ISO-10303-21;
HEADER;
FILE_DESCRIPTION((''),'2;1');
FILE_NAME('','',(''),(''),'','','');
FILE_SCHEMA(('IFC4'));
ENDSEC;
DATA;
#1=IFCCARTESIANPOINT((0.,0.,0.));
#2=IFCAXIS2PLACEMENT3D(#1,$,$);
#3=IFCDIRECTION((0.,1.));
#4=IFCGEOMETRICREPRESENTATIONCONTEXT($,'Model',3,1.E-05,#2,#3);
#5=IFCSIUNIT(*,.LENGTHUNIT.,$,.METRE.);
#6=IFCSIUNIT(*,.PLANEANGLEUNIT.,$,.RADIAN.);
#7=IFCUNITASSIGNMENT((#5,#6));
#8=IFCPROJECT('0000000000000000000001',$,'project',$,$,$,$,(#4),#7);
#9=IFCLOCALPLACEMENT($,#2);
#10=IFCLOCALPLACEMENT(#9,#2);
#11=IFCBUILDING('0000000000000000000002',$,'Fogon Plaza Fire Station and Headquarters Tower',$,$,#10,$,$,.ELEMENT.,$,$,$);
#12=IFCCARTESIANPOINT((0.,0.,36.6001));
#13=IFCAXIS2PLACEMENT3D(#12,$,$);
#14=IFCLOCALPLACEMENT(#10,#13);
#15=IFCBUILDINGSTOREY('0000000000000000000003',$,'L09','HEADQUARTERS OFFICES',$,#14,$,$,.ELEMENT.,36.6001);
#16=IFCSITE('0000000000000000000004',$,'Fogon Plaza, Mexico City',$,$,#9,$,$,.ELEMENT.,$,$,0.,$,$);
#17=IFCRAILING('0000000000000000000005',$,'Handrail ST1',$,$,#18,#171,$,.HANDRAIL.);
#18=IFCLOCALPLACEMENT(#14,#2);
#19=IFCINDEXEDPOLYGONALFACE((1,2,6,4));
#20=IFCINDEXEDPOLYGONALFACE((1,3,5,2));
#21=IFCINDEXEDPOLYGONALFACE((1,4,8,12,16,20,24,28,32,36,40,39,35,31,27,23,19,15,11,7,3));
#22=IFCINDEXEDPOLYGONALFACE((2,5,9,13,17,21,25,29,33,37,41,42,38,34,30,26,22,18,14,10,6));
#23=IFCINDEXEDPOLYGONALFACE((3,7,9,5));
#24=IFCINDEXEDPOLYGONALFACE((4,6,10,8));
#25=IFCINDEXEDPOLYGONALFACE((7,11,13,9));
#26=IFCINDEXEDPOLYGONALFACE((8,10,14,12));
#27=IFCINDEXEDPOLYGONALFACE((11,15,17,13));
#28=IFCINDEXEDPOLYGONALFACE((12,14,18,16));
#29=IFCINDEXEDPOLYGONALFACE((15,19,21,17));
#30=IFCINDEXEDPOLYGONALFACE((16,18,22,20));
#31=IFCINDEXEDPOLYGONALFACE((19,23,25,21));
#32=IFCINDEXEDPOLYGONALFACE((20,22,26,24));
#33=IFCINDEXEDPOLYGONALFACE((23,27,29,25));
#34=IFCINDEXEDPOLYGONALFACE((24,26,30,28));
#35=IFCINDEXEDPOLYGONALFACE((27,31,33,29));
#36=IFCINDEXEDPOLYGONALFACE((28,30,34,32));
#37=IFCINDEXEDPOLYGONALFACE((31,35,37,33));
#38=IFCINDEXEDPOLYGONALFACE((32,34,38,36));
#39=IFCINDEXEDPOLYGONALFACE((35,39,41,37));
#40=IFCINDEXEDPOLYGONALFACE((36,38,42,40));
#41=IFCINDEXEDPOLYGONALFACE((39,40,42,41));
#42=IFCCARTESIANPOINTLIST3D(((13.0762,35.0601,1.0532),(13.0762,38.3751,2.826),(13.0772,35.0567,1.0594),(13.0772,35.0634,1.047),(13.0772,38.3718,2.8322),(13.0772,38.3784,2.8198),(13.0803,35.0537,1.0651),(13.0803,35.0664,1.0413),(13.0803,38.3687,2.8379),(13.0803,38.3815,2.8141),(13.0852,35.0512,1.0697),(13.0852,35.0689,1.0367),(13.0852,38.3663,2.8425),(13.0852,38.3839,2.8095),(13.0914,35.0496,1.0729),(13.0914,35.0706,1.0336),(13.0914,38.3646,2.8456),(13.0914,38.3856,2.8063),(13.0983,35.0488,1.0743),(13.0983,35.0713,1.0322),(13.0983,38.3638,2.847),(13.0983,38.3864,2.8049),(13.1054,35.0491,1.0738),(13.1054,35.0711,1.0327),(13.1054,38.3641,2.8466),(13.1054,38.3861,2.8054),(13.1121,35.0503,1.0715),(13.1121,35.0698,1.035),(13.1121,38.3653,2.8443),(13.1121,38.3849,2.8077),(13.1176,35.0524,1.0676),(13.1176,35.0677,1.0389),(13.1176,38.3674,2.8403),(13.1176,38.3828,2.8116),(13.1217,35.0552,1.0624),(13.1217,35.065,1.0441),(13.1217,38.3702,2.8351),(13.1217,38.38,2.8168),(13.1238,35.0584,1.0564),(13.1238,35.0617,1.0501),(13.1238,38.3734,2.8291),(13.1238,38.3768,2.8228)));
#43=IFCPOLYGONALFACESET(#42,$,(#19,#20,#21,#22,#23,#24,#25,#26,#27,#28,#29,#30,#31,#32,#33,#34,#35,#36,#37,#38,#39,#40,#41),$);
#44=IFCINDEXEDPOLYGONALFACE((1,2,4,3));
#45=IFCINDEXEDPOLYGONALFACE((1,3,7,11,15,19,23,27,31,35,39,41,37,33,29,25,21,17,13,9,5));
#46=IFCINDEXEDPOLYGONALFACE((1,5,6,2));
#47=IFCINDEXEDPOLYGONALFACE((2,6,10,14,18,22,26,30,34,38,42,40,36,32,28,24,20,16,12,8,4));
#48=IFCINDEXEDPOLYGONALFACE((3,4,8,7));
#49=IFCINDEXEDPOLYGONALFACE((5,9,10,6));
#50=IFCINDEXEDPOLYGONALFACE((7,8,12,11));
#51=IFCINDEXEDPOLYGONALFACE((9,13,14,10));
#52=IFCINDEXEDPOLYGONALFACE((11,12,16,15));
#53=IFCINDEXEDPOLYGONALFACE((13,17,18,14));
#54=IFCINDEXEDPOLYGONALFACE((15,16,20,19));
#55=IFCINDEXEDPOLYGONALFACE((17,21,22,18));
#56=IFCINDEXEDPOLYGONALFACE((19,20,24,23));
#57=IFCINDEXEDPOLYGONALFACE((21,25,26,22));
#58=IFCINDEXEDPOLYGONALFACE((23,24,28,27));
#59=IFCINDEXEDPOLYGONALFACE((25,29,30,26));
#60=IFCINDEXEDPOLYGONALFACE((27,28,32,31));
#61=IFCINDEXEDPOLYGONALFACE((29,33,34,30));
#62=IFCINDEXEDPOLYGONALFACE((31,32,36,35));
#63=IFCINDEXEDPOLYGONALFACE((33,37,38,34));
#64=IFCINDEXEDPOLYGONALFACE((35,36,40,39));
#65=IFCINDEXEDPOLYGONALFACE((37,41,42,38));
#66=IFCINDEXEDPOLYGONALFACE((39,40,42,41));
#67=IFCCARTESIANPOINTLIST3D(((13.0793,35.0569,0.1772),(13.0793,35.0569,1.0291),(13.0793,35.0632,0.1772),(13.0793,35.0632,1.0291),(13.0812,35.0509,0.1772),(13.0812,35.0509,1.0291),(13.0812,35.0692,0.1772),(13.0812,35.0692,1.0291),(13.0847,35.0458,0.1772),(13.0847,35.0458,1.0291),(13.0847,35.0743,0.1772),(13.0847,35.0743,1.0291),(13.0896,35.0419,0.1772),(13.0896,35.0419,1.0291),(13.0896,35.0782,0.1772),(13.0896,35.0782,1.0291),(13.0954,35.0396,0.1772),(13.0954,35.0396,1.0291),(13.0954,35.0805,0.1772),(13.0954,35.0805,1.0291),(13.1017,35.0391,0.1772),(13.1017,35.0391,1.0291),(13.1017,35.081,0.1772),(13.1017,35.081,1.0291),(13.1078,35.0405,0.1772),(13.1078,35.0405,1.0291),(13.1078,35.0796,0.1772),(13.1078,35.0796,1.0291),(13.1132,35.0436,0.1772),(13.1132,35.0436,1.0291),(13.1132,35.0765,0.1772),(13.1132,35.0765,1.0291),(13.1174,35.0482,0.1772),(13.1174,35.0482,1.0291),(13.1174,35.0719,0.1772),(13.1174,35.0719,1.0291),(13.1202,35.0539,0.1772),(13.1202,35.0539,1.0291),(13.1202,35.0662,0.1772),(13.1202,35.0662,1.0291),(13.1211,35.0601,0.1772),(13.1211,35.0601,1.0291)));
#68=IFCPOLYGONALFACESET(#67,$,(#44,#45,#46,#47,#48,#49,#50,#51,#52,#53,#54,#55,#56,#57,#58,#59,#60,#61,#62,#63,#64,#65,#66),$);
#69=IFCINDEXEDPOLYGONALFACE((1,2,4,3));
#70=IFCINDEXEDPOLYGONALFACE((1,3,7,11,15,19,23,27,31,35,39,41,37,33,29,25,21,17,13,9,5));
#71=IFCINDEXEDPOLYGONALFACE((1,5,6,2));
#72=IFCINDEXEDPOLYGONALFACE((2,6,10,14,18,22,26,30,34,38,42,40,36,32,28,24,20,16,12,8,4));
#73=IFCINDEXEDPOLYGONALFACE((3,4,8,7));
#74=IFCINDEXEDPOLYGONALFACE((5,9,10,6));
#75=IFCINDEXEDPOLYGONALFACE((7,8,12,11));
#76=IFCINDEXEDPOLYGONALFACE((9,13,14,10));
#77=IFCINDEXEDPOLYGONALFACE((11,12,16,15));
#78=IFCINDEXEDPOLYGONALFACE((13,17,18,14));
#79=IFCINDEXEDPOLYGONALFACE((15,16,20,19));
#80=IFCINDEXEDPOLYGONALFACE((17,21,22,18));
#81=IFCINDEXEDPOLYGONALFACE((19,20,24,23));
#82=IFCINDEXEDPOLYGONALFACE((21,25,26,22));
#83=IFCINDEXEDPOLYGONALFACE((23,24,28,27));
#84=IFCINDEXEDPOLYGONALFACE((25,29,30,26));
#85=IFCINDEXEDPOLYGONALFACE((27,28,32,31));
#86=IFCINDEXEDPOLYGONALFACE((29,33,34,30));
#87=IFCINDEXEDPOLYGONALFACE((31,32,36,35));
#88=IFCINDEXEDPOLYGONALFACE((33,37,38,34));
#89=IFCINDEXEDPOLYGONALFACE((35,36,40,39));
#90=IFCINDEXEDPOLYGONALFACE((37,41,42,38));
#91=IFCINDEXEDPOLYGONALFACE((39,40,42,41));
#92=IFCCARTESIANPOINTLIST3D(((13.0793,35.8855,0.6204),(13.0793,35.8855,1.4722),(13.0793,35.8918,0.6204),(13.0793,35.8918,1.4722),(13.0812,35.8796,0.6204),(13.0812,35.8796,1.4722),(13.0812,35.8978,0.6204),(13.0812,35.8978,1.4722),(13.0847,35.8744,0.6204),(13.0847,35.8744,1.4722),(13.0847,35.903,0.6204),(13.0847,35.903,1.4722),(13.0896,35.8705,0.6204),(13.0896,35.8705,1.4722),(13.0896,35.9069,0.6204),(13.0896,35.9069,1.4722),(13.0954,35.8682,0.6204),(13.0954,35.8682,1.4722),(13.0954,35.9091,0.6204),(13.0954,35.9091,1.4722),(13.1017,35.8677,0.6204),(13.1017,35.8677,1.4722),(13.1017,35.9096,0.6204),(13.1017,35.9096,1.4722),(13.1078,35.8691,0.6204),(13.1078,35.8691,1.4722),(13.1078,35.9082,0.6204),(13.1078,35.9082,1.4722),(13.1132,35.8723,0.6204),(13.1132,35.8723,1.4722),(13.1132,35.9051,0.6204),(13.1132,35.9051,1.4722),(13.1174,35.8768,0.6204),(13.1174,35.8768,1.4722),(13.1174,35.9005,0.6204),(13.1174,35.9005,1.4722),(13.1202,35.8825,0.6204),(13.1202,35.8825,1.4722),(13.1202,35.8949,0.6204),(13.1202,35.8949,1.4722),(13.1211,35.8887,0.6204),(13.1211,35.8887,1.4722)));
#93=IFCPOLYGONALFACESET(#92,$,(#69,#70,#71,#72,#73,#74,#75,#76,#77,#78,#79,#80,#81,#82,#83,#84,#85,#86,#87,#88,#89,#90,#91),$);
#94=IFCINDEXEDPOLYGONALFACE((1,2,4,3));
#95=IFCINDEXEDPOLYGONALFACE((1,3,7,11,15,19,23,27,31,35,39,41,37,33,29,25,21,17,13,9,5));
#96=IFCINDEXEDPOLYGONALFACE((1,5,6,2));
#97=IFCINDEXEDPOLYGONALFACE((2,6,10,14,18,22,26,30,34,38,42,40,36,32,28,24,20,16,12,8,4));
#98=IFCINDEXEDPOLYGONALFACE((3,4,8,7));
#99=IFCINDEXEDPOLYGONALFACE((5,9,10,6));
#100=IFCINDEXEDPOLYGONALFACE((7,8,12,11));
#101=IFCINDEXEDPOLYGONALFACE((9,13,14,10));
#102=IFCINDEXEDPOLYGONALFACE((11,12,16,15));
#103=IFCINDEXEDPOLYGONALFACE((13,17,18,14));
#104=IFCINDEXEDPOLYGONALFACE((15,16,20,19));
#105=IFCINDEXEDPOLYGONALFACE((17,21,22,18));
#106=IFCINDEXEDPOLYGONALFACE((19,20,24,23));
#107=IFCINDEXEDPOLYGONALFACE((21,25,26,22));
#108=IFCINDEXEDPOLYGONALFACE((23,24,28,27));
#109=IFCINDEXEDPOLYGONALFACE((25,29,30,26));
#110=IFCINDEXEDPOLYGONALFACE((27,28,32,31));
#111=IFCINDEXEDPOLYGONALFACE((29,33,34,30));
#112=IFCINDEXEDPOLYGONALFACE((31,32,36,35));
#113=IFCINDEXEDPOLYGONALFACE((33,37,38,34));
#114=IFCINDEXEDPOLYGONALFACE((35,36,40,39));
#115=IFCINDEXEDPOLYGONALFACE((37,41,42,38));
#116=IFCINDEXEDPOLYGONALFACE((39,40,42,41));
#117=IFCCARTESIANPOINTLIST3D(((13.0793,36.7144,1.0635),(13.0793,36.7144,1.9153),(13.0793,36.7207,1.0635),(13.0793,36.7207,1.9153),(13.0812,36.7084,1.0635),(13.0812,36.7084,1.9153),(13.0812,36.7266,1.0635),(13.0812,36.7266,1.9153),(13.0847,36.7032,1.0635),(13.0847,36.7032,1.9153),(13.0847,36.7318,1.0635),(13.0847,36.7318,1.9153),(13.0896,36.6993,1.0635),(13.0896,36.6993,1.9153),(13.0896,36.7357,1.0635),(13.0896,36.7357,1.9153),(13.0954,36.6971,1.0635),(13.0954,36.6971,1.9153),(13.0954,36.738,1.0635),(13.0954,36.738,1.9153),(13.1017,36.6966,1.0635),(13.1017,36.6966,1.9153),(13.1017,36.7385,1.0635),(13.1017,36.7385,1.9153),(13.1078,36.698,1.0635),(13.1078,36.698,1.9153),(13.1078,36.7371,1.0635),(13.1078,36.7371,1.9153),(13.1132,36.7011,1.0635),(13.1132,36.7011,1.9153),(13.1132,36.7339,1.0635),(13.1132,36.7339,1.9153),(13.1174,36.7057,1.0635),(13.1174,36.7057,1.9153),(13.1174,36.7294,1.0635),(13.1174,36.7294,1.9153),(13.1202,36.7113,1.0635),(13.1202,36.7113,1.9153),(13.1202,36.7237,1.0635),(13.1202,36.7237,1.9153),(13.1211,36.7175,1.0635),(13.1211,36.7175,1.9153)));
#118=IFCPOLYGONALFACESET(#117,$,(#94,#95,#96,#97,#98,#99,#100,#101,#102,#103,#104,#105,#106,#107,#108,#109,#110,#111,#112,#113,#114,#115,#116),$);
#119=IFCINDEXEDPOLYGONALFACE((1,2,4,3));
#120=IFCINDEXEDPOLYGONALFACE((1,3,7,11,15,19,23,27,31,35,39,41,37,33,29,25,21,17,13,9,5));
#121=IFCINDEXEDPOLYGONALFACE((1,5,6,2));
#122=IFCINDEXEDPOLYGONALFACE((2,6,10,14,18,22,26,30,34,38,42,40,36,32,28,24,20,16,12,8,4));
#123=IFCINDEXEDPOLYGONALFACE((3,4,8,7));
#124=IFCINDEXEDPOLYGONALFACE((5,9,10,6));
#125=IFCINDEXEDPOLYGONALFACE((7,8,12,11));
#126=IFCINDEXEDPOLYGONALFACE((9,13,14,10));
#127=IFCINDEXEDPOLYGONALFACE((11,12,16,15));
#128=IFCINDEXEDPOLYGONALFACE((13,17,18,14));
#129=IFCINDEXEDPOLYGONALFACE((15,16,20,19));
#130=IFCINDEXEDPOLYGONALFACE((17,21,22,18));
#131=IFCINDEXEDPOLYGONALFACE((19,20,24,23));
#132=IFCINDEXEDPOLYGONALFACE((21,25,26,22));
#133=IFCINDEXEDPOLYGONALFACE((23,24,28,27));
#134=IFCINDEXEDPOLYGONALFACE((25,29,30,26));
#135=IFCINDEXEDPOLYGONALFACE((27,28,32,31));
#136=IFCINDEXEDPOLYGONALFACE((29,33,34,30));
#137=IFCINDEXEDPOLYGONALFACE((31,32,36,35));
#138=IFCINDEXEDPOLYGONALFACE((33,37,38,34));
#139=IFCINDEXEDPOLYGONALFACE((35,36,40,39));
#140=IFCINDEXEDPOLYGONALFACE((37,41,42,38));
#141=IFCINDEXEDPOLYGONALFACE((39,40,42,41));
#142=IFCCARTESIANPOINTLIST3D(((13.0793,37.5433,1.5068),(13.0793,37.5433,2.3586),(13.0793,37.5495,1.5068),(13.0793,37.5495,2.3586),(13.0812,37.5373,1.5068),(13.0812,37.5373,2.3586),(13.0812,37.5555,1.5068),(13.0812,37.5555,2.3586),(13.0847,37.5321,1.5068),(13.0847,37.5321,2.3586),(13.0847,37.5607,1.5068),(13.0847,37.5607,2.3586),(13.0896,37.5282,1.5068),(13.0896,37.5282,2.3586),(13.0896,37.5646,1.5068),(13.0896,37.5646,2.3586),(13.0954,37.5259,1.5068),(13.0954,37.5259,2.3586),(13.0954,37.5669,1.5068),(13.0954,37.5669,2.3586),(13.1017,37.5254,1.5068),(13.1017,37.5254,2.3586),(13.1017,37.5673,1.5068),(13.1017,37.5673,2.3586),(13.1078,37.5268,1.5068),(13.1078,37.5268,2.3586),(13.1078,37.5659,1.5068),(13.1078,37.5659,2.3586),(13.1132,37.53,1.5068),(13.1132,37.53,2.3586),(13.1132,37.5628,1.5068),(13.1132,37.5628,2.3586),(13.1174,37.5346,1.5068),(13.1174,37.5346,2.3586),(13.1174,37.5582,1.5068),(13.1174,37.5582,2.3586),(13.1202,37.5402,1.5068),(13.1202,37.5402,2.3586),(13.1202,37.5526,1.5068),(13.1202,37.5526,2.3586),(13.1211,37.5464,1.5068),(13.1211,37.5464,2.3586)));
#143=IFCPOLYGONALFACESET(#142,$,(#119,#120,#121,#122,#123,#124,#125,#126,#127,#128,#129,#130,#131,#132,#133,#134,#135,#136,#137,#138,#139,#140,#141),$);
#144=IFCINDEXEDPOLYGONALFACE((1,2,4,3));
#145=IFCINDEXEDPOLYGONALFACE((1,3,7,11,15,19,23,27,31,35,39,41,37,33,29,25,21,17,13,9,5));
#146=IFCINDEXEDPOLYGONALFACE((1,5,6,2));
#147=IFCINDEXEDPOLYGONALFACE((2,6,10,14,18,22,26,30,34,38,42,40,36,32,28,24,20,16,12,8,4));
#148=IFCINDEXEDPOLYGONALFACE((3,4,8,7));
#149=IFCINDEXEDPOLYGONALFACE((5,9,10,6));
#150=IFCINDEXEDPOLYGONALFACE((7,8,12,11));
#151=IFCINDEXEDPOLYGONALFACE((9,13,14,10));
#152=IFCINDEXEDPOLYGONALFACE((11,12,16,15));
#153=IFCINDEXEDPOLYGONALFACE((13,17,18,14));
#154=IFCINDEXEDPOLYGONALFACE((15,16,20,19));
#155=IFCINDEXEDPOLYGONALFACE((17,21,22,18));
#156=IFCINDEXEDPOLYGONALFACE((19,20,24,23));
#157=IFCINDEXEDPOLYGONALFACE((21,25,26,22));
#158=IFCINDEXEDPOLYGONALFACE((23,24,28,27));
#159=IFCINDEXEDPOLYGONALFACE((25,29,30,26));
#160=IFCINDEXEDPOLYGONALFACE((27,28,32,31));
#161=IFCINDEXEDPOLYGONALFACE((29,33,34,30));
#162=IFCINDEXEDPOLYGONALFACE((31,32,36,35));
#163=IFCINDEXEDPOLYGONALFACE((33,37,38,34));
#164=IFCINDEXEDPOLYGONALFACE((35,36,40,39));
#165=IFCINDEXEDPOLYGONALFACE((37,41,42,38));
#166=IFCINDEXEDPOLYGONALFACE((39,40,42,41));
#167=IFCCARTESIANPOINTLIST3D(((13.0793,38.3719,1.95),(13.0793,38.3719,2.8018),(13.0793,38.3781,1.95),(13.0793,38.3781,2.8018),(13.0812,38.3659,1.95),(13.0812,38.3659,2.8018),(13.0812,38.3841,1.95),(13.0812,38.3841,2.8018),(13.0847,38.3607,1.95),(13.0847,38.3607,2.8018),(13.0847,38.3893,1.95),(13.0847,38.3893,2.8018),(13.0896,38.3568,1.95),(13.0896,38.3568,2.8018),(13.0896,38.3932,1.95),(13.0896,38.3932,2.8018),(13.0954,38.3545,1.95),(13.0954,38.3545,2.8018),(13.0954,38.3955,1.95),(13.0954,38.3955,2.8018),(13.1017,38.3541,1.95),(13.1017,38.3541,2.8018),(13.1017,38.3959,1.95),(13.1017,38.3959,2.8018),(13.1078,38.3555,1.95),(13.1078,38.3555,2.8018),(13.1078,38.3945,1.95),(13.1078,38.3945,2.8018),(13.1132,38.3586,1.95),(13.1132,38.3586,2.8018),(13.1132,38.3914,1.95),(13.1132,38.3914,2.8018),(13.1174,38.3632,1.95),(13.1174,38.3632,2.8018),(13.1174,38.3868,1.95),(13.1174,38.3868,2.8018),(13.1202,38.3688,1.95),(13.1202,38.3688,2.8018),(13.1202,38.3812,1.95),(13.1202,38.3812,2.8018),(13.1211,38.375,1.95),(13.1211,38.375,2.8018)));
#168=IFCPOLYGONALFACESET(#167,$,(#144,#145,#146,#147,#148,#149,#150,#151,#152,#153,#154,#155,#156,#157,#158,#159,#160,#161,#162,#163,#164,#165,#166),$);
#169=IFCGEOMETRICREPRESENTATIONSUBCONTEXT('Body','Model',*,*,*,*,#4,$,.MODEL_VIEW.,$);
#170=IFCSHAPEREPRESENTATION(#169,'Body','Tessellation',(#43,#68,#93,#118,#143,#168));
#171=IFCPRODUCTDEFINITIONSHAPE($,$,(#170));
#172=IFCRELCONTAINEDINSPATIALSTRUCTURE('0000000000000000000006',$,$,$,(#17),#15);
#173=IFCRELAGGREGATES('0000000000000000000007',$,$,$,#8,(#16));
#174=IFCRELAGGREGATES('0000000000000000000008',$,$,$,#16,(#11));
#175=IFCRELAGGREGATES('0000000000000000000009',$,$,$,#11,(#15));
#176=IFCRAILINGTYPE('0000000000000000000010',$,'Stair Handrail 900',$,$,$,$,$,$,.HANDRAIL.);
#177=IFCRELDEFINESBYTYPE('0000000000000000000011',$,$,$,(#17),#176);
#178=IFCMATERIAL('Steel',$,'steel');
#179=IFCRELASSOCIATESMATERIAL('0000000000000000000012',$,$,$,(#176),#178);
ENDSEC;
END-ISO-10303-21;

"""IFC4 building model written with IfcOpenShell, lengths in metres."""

from ifc_helpers import new_model, si_unit, direction, frame, origin, origin_2d, place, context, subcontext, project, spatial, circle, extrude, material, type_object, element, save


model = new_model("IFC4")

# Units and contexts
model_context = context("Model", 3, precision=1e-05, world=origin(), true_north=direction((0.0, 1.0)))
body_context = subcontext(model_context, "Body", "Model", "MODEL_VIEW")
ifc_project = project(units=[si_unit("LENGTHUNIT", "METRE"), si_unit("PLANEANGLEUNIT", "RADIAN")], contexts=[model_context])

# Site, building, storey
site_placement = place(None, origin())
site = spatial("IfcSite", under=ifc_project, at=site_placement, Name="Fogon Plaza, Mexico City", CompositionType="ELEMENT", RefElevation=0.0)
building_placement = place(site_placement, origin())
building = spatial("IfcBuilding", under=site, at=building_placement, Name="Fogon Plaza Fire Station and Headquarters Tower", CompositionType="ELEMENT")
storey_placement = place(building_placement, frame((0.0, 0.0, 36.6001)))
storey = spatial("IfcBuildingStorey", under=building, at=storey_placement, Name="L09", Description="HEADQUARTERS OFFICES", CompositionType="ELEMENT", Elevation=36.6001)

# Railing
ifc_material_1 = material(Name="Steel", Category="steel")
railing_type = type_object("IfcRailingType", Name="Stair Handrail 900", PredefinedType="HANDRAIL", material=ifc_material_1)
for number, where, name in (
    (1, (13.1001, 35.0601, 0.1772), "Handrail ST1"),
):
    element("IfcRailing", number, at=place(storey_placement, frame(where)), inside=storey, type_object=railing_type, Name=name, PredefinedType="HANDRAIL", context=body_context, shape_type="SweptSolid", body=[
        extrude(circle(Radius=0.0239, at=origin_2d()), frame((0.0, 0.0, 0.876), z_axis=(0.0, 0.881829, 0.471569), x_axis=(-1.0, 0.0, 0.0)), (0.0, 0.0, 1.0), 3.7593),
        extrude(circle(Radius=0.021, at=origin_2d()), origin(), (0.0, 0.0, 1.0), 0.8518),
        extrude(circle(Radius=0.021, at=origin_2d()), frame((0.0, 0.8286, 0.4431)), (0.0, 0.0, 1.0), 0.8518),
        extrude(circle(Radius=0.021, at=origin_2d()), frame((0.0, 1.6575, 0.8862)), (0.0, 0.0, 1.0), 0.8518),
        extrude(circle(Radius=0.021, at=origin_2d()), frame((0.0, 2.4863, 1.3296)), (0.0, 0.0, 1.0), 0.8518),
        extrude(circle(Radius=0.021, at=origin_2d()), frame((0.0, 3.3149, 1.7727)), (0.0, 0.0, 1.0), 0.8518),
    ])

save(model, "model.ifc")
